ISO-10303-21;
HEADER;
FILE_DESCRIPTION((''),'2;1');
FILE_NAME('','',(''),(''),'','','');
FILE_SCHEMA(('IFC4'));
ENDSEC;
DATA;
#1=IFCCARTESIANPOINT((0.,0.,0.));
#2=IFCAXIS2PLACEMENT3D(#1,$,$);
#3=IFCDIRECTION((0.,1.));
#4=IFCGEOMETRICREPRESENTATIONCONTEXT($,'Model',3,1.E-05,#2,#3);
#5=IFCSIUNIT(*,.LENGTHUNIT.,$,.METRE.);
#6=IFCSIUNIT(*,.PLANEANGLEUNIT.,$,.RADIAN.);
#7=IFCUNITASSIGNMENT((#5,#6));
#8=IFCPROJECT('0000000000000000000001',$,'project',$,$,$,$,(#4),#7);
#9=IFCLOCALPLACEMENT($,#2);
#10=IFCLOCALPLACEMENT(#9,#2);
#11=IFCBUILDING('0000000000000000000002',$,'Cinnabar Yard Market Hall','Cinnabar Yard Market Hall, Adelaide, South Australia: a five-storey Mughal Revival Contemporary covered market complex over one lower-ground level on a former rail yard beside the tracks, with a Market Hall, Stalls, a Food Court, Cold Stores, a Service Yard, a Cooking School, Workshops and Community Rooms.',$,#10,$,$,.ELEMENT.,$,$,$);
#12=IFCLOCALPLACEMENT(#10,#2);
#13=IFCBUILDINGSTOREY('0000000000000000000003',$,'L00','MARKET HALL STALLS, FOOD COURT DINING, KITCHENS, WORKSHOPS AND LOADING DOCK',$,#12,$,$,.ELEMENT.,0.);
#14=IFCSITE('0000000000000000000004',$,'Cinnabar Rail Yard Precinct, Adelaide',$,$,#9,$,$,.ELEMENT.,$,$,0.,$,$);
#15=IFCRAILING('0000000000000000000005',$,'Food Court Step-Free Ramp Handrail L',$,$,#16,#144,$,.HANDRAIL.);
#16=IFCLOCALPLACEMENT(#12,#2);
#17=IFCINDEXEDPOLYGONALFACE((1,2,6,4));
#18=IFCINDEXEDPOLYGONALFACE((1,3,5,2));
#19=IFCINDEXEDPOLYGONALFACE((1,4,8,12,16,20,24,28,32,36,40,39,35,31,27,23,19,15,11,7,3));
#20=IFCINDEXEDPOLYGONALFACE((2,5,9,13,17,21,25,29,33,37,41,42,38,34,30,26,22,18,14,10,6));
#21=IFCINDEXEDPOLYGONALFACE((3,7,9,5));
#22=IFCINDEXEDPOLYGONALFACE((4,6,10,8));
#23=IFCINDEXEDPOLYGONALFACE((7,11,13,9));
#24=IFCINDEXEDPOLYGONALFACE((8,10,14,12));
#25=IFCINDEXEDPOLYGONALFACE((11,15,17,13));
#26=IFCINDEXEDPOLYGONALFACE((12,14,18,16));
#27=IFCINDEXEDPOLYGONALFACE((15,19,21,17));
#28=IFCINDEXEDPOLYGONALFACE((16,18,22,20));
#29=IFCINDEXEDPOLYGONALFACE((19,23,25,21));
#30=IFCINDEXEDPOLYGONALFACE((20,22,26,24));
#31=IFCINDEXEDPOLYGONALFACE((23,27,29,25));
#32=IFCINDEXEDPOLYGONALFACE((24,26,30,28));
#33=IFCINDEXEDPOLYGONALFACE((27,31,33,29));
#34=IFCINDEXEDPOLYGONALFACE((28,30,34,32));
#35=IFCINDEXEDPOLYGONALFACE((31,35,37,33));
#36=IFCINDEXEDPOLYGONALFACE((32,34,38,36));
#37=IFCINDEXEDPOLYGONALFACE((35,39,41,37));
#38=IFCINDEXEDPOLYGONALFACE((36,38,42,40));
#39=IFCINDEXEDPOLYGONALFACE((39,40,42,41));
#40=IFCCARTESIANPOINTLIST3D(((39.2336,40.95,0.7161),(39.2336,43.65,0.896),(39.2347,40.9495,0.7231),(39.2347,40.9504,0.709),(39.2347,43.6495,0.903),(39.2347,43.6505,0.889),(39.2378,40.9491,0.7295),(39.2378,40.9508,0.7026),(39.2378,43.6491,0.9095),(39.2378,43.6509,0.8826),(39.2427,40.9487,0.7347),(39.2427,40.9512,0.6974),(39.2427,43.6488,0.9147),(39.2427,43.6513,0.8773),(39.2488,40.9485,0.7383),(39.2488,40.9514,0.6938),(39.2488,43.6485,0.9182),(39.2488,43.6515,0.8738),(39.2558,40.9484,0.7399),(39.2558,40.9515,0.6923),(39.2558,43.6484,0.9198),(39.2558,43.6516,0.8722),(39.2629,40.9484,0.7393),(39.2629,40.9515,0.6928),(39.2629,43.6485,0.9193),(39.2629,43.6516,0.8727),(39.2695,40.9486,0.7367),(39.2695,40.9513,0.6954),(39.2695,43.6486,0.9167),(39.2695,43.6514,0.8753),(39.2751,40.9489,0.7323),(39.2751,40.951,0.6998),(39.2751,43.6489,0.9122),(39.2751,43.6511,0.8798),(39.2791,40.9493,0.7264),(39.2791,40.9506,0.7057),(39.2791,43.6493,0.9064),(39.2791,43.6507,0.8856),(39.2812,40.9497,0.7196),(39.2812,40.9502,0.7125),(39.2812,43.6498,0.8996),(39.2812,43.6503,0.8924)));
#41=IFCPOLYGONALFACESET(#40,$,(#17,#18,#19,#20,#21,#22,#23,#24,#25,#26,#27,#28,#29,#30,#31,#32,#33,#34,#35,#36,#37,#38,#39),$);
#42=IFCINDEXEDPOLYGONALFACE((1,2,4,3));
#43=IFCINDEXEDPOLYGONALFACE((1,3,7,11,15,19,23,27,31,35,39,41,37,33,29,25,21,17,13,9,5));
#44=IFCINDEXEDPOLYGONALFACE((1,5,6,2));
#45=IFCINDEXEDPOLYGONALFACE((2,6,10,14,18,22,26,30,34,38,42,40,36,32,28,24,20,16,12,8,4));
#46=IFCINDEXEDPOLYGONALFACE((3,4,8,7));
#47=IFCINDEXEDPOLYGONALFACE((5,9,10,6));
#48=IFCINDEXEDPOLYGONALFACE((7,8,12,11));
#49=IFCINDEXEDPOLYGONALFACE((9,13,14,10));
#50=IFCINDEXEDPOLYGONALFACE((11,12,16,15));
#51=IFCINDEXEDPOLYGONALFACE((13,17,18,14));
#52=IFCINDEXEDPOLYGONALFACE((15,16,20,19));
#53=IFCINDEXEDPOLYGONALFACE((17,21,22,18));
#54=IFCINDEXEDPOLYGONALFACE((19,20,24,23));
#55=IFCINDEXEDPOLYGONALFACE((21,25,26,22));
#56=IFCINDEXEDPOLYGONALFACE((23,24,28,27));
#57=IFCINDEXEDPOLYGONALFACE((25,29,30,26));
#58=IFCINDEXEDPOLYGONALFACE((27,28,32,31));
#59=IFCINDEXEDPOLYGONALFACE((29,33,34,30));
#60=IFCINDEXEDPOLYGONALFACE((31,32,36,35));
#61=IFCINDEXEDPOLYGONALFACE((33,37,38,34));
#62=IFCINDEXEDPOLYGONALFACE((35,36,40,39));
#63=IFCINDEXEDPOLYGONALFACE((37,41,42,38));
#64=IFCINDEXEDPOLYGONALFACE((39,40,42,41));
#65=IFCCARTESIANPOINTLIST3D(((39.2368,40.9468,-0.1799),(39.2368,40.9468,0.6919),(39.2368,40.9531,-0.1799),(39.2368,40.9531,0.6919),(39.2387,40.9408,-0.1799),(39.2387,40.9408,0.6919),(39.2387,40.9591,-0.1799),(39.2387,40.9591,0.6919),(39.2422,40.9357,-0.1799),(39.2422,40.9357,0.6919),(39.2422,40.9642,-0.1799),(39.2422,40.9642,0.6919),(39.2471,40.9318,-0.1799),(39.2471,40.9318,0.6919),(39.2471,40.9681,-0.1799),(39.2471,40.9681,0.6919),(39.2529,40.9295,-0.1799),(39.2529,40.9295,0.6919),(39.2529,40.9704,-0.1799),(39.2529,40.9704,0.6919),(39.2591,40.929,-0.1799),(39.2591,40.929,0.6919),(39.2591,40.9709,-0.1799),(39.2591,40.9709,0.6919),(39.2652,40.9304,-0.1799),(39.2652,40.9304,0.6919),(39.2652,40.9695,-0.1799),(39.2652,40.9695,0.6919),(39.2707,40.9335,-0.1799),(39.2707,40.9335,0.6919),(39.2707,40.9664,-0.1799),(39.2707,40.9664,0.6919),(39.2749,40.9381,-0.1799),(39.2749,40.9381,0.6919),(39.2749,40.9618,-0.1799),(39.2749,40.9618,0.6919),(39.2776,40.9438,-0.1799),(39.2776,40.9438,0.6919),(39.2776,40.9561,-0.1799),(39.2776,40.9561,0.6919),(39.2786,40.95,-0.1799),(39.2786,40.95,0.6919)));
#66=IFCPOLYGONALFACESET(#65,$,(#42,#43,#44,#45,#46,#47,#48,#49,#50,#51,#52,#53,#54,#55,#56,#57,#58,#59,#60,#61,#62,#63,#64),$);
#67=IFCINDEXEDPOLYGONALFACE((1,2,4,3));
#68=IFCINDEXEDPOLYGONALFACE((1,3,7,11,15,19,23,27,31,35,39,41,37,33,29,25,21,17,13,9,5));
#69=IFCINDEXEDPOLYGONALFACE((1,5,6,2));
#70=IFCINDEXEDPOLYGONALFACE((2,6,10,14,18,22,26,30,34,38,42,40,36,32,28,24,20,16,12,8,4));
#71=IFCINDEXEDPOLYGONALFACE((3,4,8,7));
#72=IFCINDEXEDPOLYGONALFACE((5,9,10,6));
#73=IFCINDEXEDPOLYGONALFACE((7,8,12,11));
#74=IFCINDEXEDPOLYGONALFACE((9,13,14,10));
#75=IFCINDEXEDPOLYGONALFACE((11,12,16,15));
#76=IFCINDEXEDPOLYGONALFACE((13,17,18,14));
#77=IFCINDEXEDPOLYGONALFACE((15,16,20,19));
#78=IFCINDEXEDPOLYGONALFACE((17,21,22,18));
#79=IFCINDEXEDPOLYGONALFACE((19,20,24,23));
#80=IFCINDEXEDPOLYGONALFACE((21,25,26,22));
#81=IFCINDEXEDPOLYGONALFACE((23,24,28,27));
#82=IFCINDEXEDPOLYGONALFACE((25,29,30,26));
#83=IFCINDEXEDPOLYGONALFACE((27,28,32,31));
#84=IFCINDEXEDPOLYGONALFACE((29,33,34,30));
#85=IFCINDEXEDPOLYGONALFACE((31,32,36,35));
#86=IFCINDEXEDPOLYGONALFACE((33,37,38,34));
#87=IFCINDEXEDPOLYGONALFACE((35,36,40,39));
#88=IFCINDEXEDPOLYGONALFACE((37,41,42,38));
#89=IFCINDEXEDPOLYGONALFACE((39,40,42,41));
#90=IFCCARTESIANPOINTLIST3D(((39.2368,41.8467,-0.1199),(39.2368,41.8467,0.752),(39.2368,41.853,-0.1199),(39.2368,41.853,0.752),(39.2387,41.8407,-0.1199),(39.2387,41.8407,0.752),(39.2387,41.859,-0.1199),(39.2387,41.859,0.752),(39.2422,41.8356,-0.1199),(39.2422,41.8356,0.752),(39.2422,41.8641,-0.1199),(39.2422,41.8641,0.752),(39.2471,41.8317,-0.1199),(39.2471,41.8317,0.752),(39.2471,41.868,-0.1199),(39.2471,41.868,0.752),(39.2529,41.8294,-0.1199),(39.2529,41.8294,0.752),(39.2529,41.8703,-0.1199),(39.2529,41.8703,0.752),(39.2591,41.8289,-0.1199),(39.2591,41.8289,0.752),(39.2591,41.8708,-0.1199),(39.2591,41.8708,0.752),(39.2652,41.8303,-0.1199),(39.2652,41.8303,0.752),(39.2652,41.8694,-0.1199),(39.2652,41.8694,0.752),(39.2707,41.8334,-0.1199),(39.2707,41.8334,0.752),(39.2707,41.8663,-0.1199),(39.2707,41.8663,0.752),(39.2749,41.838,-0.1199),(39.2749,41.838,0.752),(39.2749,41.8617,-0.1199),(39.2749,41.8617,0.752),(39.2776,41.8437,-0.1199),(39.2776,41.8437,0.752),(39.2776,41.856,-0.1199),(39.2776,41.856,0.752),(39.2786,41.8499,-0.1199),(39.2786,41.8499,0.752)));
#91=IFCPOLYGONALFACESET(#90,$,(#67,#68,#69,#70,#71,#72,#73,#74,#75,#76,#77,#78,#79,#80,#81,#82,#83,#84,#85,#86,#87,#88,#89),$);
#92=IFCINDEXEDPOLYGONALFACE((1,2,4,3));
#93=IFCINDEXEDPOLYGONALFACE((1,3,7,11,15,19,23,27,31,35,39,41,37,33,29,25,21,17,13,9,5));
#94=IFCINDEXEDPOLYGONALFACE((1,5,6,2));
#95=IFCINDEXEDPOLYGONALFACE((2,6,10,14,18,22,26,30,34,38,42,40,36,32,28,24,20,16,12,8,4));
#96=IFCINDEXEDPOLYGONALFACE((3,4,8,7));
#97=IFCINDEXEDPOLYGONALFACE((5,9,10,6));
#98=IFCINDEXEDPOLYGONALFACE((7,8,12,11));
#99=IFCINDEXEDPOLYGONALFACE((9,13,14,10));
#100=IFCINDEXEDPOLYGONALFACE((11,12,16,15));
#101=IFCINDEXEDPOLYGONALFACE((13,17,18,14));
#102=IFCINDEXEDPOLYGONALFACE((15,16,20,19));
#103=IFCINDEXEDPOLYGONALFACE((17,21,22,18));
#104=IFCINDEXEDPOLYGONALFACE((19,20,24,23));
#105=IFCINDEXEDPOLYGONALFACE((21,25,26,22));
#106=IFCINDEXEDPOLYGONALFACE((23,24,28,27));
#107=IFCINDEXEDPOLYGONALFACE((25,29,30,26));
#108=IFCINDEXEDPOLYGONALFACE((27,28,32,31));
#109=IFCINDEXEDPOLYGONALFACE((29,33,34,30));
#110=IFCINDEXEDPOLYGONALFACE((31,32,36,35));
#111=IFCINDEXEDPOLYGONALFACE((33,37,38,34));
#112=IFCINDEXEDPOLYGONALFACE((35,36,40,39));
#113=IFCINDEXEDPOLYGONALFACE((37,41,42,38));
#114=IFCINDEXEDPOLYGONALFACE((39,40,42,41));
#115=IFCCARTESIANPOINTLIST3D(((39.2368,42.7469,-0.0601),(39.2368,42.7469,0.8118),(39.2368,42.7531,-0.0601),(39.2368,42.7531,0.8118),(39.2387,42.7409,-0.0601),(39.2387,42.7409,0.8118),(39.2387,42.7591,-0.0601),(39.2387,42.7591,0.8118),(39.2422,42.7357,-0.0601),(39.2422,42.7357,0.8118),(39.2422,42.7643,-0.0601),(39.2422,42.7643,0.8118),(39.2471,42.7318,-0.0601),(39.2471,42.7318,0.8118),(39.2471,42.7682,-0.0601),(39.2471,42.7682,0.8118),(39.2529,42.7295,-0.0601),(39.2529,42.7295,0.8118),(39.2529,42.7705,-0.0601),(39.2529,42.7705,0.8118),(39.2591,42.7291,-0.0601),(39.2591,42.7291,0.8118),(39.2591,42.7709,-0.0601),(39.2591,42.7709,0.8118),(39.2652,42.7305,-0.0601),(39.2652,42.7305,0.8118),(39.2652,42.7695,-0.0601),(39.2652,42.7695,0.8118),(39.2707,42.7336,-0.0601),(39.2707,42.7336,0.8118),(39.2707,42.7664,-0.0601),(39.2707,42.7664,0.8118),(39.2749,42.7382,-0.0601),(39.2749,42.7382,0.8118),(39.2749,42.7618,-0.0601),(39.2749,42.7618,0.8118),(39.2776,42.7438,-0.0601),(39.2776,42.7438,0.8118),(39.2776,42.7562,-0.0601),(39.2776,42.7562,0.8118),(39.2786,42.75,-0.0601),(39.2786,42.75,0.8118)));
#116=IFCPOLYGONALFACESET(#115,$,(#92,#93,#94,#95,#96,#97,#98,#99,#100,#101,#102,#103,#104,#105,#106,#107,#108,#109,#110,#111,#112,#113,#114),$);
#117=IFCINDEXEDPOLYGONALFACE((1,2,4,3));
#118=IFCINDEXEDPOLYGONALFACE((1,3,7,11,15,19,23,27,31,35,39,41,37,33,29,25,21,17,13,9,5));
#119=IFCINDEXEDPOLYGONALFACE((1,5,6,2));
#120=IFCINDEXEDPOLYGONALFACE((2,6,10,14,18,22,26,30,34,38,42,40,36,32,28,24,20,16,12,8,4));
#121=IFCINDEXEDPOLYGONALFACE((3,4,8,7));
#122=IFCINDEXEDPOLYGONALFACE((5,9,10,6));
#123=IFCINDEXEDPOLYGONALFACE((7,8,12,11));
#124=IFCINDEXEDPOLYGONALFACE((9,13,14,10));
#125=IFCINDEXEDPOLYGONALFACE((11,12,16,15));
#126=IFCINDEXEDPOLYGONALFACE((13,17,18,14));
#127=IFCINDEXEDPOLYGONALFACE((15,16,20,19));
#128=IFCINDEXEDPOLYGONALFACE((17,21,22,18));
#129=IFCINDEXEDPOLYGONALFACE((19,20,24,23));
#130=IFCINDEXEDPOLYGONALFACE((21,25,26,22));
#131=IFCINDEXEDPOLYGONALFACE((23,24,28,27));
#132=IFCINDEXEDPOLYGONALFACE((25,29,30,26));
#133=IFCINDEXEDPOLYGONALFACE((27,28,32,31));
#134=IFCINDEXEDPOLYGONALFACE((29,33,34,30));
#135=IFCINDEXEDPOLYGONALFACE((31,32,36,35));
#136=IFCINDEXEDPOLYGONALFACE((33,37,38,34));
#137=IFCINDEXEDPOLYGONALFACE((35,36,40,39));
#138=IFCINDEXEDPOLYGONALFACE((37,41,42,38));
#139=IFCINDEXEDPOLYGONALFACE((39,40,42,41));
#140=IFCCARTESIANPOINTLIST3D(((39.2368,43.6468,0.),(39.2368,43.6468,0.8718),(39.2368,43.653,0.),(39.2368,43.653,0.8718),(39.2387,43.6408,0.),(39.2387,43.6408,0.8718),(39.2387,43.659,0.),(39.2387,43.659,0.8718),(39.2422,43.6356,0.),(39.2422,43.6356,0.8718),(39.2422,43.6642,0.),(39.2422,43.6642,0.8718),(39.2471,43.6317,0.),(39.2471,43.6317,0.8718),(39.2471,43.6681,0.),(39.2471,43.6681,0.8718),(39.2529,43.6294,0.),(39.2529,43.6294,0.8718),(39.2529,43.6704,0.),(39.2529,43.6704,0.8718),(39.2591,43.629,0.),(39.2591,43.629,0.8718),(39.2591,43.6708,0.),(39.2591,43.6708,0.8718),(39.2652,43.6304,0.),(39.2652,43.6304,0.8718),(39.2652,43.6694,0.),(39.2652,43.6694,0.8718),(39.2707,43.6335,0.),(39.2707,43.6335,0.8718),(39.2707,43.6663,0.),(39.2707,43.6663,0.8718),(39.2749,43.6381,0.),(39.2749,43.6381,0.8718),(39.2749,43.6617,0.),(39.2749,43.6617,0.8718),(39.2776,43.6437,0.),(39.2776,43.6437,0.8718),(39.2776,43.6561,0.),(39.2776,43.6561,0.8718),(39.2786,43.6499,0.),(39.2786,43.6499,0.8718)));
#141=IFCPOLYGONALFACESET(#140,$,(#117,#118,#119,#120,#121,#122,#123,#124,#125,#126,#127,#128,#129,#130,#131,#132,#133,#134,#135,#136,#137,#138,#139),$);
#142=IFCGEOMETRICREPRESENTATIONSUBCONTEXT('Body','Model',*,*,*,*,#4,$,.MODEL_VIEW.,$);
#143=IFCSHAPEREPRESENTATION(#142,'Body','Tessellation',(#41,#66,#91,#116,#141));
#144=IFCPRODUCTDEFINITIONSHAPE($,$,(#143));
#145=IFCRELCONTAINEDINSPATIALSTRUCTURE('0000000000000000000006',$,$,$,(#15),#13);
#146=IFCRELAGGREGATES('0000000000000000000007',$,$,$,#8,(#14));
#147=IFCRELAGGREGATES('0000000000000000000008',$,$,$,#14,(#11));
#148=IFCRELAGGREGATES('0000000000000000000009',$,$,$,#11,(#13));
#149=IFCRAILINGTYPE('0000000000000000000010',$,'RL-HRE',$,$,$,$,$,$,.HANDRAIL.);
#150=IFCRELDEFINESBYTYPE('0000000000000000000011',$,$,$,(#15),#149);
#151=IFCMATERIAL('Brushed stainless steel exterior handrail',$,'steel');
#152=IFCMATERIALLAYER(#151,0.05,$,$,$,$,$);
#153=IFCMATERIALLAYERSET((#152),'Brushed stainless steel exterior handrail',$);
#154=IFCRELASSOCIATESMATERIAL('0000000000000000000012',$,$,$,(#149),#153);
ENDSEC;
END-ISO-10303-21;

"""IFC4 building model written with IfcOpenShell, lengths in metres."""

from ifc_helpers import new_model, si_unit, direction, frame, origin, origin_2d_with_axis, place, context, subcontext, project, spatial, circle, extrude, material, layer, layer_set, type_object, element, save


model = new_model("IFC4")

# Units and contexts
model_context = context("Model", 3, precision=1e-05, world=origin(), true_north=direction((0.0, 1.0)))
body_context = subcontext(model_context, "Body", "Model", "MODEL_VIEW")
ifc_project = project(units=[si_unit("LENGTHUNIT", "METRE"), si_unit("PLANEANGLEUNIT", "RADIAN")], contexts=[model_context])

# Site, building, storey
site_placement = place(None, origin())
site = spatial("IfcSite", under=ifc_project, at=site_placement, Name="Cinnabar Rail Yard Precinct, Adelaide", CompositionType="ELEMENT", RefElevation=0.0)
building_placement = place(site_placement, origin())
building = spatial("IfcBuilding", under=site, at=building_placement, Name="Cinnabar Yard Market Hall", Description="Cinnabar Yard Market Hall, Adelaide, South Australia: a five-storey Mughal Revival Contemporary covered market complex over one lower-ground level on a former rail yard beside the tracks, with a Market Hall, Stalls, a Food Court, Cold Stores, a Service Yard, a Cooking School, Workshops and Community Rooms.", CompositionType="ELEMENT")
storey_placement = place(building_placement, origin())
storey = spatial("IfcBuildingStorey", under=building, at=storey_placement, Name="L00", Description="MARKET HALL STALLS, FOOD COURT DINING, KITCHENS, WORKSHOPS AND LOADING DOCK", CompositionType="ELEMENT", Elevation=0.0)

# Railing
ifc_material_1 = material(Name="Brushed stainless steel exterior handrail", Category="steel")
ifc_layer_1 = layer(ifc_material_1, 0.05)
ifc_layer_set_1 = layer_set([ifc_layer_1], Name="Brushed stainless steel exterior handrail")
railing_type = type_object("IfcRailingType", Name="RL-HRE", PredefinedType="HANDRAIL", material=ifc_layer_set_1)
for number, where, name in (
    (1, (39.2576, 40.95, -0.1799), "Food Court Step-Free Ramp Handrail L"),
):
    element("IfcRailing", number, at=place(storey_placement, frame(where)), inside=storey, type_object=railing_type, Name=name, PredefinedType="HANDRAIL", context=body_context, shape_type="SweptSolid", body=[
        extrude(circle(Radius=0.0239, at=origin_2d_with_axis()), frame((0.0, 0.0, 0.896), z_axis=(0.0, 0.997787, 0.066495), x_axis=(-1.0, 0.0, 0.0)), (0.0, 0.0, 1.0), 2.7061),
        extrude(circle(Radius=0.021, at=origin_2d_with_axis()), origin(), (0.0, 0.0, 1.0), 0.8718),
        extrude(circle(Radius=0.021, at=origin_2d_with_axis()), frame((0.0, 0.8999, 0.0601)), (0.0, 0.0, 1.0), 0.8718),
        extrude(circle(Radius=0.021, at=origin_2d_with_axis()), frame((0.0, 1.8, 0.1199)), (0.0, 0.0, 1.0), 0.8718),
        extrude(circle(Radius=0.021, at=origin_2d_with_axis()), frame((0.0, 2.7, 0.1799)), (0.0, 0.0, 1.0), 0.8718),
    ])

save(model, "model.ifc")
